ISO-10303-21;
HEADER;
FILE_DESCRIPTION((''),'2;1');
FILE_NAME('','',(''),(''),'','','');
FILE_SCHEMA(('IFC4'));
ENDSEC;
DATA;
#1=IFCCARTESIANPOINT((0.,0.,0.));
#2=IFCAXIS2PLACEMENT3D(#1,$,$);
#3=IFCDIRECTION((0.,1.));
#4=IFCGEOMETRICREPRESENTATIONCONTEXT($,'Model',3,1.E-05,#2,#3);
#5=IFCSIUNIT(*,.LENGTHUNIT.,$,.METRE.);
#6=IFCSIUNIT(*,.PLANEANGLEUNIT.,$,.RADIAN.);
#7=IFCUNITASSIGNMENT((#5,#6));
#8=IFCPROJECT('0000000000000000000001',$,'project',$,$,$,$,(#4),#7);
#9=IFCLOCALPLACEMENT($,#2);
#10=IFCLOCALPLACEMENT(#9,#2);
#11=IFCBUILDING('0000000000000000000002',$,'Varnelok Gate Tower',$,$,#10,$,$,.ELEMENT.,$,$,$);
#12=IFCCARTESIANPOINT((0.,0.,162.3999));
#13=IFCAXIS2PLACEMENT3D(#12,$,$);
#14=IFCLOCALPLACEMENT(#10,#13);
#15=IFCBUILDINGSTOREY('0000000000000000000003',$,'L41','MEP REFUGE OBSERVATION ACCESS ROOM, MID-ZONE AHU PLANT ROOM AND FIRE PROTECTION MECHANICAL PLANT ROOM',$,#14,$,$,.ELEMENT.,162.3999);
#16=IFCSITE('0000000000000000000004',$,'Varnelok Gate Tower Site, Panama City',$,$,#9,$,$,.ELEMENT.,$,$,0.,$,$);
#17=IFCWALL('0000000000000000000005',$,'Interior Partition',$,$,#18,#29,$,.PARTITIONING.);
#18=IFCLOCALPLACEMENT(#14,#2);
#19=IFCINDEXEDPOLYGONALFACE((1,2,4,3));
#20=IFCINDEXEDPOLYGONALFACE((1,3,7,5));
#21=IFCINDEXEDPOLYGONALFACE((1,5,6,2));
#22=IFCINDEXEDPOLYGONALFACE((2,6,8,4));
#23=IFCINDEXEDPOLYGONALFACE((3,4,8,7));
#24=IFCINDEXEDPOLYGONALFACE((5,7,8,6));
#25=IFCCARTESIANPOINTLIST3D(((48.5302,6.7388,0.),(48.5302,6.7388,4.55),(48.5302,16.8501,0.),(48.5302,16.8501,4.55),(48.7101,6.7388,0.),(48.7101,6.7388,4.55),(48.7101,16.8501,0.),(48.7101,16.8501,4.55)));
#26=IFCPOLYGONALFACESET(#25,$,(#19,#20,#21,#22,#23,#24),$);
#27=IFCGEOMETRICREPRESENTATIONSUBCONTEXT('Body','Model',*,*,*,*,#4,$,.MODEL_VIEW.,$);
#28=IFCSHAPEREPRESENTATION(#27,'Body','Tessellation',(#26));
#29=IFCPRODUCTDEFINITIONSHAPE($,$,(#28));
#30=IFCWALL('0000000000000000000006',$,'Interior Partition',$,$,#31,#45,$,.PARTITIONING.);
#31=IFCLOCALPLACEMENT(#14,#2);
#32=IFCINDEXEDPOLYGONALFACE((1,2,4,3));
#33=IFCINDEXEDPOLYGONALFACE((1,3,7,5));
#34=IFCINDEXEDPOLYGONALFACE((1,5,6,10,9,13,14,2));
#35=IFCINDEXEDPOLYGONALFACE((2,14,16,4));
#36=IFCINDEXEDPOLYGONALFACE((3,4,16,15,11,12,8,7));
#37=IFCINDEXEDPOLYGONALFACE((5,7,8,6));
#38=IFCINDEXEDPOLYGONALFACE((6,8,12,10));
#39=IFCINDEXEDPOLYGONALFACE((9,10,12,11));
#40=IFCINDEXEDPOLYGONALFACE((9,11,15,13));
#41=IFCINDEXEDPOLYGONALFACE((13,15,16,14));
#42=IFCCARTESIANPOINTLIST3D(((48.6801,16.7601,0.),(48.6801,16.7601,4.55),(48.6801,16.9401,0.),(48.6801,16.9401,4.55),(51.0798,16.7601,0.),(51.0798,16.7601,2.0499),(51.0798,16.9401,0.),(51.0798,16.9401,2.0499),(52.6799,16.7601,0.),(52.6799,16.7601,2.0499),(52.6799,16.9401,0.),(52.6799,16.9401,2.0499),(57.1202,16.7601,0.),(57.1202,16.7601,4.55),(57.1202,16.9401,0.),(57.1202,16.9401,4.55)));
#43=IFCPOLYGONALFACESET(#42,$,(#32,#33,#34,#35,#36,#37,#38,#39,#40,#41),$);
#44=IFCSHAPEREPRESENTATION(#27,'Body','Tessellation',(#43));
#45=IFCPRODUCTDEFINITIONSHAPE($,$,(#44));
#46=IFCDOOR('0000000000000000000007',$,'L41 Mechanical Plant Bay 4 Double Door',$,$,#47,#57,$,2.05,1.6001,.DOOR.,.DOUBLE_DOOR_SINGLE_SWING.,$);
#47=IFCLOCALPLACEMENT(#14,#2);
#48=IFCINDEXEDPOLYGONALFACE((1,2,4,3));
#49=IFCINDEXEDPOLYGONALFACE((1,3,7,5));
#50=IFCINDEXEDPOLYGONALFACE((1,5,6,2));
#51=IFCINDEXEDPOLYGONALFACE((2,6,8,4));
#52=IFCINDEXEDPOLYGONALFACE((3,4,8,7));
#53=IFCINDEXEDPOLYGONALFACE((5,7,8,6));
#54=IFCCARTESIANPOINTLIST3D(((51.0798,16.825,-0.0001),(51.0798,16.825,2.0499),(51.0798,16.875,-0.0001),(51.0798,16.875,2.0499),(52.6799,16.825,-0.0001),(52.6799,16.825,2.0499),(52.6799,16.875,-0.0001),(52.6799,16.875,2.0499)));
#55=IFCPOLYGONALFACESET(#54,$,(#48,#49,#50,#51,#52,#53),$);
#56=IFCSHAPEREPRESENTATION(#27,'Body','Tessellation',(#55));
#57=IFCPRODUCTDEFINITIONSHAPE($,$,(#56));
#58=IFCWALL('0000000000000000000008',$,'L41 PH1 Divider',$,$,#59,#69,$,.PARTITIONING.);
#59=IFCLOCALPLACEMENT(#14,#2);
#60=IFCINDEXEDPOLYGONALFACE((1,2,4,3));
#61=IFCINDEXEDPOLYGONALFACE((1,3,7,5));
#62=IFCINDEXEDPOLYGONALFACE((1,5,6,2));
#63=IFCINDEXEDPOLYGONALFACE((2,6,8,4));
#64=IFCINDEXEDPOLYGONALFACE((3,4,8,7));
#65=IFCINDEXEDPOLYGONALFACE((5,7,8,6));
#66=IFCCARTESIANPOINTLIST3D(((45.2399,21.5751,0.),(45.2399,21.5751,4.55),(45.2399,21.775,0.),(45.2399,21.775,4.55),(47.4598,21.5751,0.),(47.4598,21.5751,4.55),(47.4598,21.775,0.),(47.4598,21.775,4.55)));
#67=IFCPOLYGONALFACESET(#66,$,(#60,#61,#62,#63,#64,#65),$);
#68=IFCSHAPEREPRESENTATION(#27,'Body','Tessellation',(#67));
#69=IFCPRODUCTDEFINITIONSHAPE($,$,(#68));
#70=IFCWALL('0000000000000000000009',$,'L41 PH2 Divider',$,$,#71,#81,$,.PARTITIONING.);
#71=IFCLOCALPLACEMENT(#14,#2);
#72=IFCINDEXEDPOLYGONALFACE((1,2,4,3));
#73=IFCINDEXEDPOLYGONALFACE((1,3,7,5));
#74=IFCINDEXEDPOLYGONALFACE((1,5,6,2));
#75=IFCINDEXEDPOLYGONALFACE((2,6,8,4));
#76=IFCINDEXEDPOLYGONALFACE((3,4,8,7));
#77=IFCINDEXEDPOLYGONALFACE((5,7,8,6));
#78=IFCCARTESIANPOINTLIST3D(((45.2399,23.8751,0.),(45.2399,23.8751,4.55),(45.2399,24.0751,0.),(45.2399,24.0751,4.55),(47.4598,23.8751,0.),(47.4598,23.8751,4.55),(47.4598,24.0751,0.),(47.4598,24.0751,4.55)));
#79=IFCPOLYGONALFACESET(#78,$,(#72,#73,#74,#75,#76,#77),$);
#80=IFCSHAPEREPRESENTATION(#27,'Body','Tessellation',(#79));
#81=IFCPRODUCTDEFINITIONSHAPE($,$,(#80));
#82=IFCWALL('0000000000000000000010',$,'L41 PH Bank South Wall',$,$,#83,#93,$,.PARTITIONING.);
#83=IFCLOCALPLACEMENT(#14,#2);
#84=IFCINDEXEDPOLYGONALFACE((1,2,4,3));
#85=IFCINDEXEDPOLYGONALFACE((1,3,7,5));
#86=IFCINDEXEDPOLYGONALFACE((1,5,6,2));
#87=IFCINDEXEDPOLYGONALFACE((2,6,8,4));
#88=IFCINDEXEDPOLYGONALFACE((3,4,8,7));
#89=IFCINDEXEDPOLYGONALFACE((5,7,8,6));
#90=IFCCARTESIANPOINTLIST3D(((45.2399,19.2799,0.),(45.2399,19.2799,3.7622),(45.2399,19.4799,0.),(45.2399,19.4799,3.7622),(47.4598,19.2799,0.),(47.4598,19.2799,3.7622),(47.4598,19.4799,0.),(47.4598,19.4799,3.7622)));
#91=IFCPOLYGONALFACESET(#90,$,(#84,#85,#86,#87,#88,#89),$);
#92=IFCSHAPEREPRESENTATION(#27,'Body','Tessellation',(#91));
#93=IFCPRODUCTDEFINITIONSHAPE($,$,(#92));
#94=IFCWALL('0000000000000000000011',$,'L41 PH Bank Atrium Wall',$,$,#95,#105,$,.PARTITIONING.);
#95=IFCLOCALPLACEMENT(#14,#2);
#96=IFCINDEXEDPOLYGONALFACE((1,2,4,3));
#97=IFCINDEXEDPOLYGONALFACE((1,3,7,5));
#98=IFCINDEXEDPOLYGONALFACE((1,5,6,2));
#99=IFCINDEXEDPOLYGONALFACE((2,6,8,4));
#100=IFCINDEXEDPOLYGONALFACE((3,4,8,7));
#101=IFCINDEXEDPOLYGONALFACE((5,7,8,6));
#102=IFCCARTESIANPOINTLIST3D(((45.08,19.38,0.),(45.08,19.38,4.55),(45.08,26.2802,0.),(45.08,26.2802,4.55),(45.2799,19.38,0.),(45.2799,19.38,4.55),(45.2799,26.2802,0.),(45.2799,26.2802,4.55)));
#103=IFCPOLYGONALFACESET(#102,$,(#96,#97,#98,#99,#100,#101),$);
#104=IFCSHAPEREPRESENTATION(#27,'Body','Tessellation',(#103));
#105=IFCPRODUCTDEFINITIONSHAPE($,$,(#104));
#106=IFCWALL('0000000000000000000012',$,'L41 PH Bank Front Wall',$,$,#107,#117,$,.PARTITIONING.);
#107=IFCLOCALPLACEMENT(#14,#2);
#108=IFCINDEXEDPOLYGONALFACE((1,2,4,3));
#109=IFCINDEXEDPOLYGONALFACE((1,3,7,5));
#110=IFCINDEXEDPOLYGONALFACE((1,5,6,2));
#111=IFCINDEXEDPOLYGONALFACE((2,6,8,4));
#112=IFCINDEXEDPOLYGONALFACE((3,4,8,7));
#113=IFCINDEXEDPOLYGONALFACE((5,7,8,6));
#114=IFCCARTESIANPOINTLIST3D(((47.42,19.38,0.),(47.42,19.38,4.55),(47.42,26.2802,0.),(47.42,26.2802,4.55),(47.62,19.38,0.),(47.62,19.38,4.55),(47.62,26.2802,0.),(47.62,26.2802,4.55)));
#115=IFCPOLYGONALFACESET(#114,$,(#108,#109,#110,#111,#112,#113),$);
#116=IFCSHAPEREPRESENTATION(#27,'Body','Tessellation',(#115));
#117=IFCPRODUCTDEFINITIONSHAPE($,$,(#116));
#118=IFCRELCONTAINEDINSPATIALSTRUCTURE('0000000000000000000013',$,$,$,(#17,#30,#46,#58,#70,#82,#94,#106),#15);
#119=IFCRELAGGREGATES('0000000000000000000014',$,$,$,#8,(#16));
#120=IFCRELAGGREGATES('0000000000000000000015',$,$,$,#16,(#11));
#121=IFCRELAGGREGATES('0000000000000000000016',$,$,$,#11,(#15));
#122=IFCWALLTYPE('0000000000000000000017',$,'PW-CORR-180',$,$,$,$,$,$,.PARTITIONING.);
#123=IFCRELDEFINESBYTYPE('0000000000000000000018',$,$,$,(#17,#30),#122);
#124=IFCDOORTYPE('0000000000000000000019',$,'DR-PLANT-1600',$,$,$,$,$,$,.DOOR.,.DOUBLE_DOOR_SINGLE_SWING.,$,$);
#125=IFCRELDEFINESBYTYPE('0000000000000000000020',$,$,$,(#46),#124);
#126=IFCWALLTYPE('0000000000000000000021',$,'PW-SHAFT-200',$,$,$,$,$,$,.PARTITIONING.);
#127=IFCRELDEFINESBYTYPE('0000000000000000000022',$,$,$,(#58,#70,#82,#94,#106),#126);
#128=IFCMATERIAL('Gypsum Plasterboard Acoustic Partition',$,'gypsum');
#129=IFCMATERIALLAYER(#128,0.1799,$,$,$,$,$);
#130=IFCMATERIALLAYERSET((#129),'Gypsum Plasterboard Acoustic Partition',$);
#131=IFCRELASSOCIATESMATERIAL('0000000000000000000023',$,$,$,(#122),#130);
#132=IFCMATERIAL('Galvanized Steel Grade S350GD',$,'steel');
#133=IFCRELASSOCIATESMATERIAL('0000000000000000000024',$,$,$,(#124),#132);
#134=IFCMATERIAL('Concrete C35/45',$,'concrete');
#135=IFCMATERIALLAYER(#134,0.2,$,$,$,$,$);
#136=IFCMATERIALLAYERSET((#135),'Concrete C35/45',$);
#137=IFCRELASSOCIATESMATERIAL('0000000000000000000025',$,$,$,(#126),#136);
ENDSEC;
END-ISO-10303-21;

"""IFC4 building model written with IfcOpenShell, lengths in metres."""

from ifc_helpers import new_model, si_unit, direction, frame, frame_2d, origin, place, context, subcontext, project, spatial, rectangle, extrude, material, layer, layer_set, type_object, element, fill, save


model = new_model("IFC4")

# Units and contexts
model_context = context("Model", 3, precision=1e-05, world=origin(), true_north=direction((0.0, 1.0)))
body_context = subcontext(model_context, "Body", "Model", "MODEL_VIEW")
ifc_project = project(units=[si_unit("LENGTHUNIT", "METRE"), si_unit("PLANEANGLEUNIT", "RADIAN")], contexts=[model_context])

# Site, building, storey
site_placement = place(None, origin())
site = spatial("IfcSite", under=ifc_project, at=site_placement, Name="Varnelok Gate Tower Site, Panama City", CompositionType="ELEMENT", RefElevation=0.0)
building_placement = place(site_placement, origin())
building = spatial("IfcBuilding", under=site, at=building_placement, Name="Varnelok Gate Tower", CompositionType="ELEMENT")
storey_placement = place(building_placement, frame((0.0, 0.0, 162.3999)))
storey = spatial("IfcBuildingStorey", under=building, at=storey_placement, Name="L41", Description="MEP REFUGE OBSERVATION ACCESS ROOM, MID-ZONE AHU PLANT ROOM AND FIRE PROTECTION MECHANICAL PLANT ROOM", CompositionType="ELEMENT", Elevation=162.3999)

# Shared definitions
ifc_material_1 = material(Name="Gypsum Plasterboard Acoustic Partition", Category="gypsum")
ifc_layer_1 = layer(ifc_material_1, 0.1799)
ifc_layer_set_1 = layer_set([ifc_layer_1], Name="Gypsum Plasterboard Acoustic Partition")
wall_type_1 = type_object("IfcWallType", Name="PW-CORR-180", PredefinedType="PARTITIONING", material=ifc_layer_set_1)

# Shared definitions
ifc_material_2 = material(Name="Galvanized Steel Grade S350GD", Category="steel")
door_type = type_object("IfcDoorType", Name="DR-PLANT-1600", OperationType="DOUBLE_DOOR_SINGLE_SWING", PredefinedType="DOOR", material=ifc_material_2)

# Wall
wall_1_placement = place(storey_placement, frame((48.6201, 6.7388, 0.0), z_axis=(0.0, 0.0, 1.0), x_axis=(0.0, 1.0, 0.0)))
element("IfcWall", 1, at=wall_1_placement, inside=storey, type_object=wall_type_1, Name="Interior Partition", PredefinedType="PARTITIONING", context=body_context, shape_type="SweptSolid", body=[
    extrude(rectangle(XDim=10.1113, YDim=0.1799, at=frame_2d((5.0557, 0.0))), origin(), (0.0, 0.0, 1.0), 4.55),
])

# Wall, opening, door
wall_2_placement = place(storey_placement, frame((48.6799, 16.8501, 0.0), z_axis=(0.0, 0.0, 1.0), x_axis=(1.0, 0.0, 0.0)))
wall_2 = element("IfcWall", 2, at=wall_2_placement, inside=storey, type_object=wall_type_1, Name="Interior Partition", PredefinedType="PARTITIONING", context=body_context, shape_type="SweptSolid", body=[
    extrude(rectangle(XDim=8.4402, YDim=0.1799, at=frame_2d((4.2202, 0.0))), origin(), (0.0, 0.0, 1.0), 4.55),
])
opening_1_placement = place(wall_2_placement, frame((2.3999, 0.0, 0.0)))
opening_1 = element("IfcOpeningElement", 3, at=opening_1_placement, cuts=wall_2, PredefinedType="OPENING", context=body_context, shape_type="SweptSolid", body=[
    extrude(rectangle(XDim=1.6001, YDim=2.05, at=frame_2d((0.8, 1.0249))), frame((0.0, 0.0999, 0.0), z_axis=(0.0, -1.0, 0.0), x_axis=(1.0, 0.0, 0.0)), (0.0, 0.0, 1.0), 0.2),
])
door_1_placement = place(opening_1_placement, origin())
door_1 = element("IfcDoor", 4, at=door_1_placement, inside=storey, type_object=door_type, Name="L41 Mechanical Plant Bay 4 Double Door", OperationType="DOUBLE_DOOR_SINGLE_SWING", OverallHeight=2.05, OverallWidth=1.6001, PredefinedType="DOOR", context=body_context, shape_type="SweptSolid", body=[
    extrude(rectangle(XDim=1.6001, YDim=2.05, at=frame_2d((0.8, 1.0249))), frame((0.0, 0.0249, 0.0), z_axis=(0.0, -1.0, 0.0), x_axis=(1.0, 0.0, 0.0)), (0.0, 0.0, 1.0), 0.05),
])
fill(opening_1, door_1)

# Walls
ifc_material_3 = material(Name="Concrete C35/45", Category="concrete")
ifc_layer_2 = layer(ifc_material_3, 0.2)
ifc_layer_set_2 = layer_set([ifc_layer_2], Name="Concrete C35/45")
wall_type_2 = type_object("IfcWallType", Name="PW-SHAFT-200", PredefinedType="PARTITIONING", material=ifc_layer_set_2)
for number, where, z_axis, x_axis, name in (
    (5, (45.24, 21.675, 0.0), (0.0, 0.0, 1.0), (1.0, 0.0, 0.0), "L41 PH1 Divider"),
    (6, (45.24, 23.9751, 0.0), (0.0, 0.0, 1.0), (1.0, 0.0, 0.0), "L41 PH2 Divider"),
):
    element("IfcWall", number, at=place(storey_placement, frame(where, z_axis=z_axis, x_axis=x_axis)), inside=storey, type_object=wall_type_2, Name=name, PredefinedType="PARTITIONING", context=body_context, shape_type="SweptSolid", body=[
        extrude(rectangle(XDim=2.22, YDim=0.2, at=frame_2d((1.1099, 0.0))), origin(), (0.0, 0.0, 1.0), 4.55),
    ])
wall_3_placement = place(storey_placement, frame((45.24, 19.3799, 0.0), z_axis=(0.0, 0.0, 1.0), x_axis=(1.0, 0.0, 0.0)))
element("IfcWall", 7, at=wall_3_placement, inside=storey, type_object=wall_type_2, Name="L41 PH Bank South Wall", PredefinedType="PARTITIONING", context=body_context, shape_type="SweptSolid", body=[
    extrude(rectangle(XDim=2.22, YDim=0.2, at=frame_2d((1.1099, 0.0))), origin(), (0.0, 0.0, 1.0), 3.7622),
])
for number, where, z_axis, x_axis, name in (
    (8, (45.1799, 19.3799, 0.0), (0.0, 0.0, 1.0), (0.0, 1.0, 0.0), "L41 PH Bank Atrium Wall"),
    (9, (47.52, 19.3799, 0.0), (0.0, 0.0, 1.0), (0.0, 1.0, 0.0), "L41 PH Bank Front Wall"),
):
    element("IfcWall", number, at=place(storey_placement, frame(where, z_axis=z_axis, x_axis=x_axis)), inside=storey, type_object=wall_type_2, Name=name, PredefinedType="PARTITIONING", context=body_context, shape_type="SweptSolid", body=[
        extrude(rectangle(XDim=6.9001, YDim=0.2, at=frame_2d((3.4502, 0.0))), origin(), (0.0, 0.0, 1.0), 4.55),
    ])

save(model, "model.ifc")
